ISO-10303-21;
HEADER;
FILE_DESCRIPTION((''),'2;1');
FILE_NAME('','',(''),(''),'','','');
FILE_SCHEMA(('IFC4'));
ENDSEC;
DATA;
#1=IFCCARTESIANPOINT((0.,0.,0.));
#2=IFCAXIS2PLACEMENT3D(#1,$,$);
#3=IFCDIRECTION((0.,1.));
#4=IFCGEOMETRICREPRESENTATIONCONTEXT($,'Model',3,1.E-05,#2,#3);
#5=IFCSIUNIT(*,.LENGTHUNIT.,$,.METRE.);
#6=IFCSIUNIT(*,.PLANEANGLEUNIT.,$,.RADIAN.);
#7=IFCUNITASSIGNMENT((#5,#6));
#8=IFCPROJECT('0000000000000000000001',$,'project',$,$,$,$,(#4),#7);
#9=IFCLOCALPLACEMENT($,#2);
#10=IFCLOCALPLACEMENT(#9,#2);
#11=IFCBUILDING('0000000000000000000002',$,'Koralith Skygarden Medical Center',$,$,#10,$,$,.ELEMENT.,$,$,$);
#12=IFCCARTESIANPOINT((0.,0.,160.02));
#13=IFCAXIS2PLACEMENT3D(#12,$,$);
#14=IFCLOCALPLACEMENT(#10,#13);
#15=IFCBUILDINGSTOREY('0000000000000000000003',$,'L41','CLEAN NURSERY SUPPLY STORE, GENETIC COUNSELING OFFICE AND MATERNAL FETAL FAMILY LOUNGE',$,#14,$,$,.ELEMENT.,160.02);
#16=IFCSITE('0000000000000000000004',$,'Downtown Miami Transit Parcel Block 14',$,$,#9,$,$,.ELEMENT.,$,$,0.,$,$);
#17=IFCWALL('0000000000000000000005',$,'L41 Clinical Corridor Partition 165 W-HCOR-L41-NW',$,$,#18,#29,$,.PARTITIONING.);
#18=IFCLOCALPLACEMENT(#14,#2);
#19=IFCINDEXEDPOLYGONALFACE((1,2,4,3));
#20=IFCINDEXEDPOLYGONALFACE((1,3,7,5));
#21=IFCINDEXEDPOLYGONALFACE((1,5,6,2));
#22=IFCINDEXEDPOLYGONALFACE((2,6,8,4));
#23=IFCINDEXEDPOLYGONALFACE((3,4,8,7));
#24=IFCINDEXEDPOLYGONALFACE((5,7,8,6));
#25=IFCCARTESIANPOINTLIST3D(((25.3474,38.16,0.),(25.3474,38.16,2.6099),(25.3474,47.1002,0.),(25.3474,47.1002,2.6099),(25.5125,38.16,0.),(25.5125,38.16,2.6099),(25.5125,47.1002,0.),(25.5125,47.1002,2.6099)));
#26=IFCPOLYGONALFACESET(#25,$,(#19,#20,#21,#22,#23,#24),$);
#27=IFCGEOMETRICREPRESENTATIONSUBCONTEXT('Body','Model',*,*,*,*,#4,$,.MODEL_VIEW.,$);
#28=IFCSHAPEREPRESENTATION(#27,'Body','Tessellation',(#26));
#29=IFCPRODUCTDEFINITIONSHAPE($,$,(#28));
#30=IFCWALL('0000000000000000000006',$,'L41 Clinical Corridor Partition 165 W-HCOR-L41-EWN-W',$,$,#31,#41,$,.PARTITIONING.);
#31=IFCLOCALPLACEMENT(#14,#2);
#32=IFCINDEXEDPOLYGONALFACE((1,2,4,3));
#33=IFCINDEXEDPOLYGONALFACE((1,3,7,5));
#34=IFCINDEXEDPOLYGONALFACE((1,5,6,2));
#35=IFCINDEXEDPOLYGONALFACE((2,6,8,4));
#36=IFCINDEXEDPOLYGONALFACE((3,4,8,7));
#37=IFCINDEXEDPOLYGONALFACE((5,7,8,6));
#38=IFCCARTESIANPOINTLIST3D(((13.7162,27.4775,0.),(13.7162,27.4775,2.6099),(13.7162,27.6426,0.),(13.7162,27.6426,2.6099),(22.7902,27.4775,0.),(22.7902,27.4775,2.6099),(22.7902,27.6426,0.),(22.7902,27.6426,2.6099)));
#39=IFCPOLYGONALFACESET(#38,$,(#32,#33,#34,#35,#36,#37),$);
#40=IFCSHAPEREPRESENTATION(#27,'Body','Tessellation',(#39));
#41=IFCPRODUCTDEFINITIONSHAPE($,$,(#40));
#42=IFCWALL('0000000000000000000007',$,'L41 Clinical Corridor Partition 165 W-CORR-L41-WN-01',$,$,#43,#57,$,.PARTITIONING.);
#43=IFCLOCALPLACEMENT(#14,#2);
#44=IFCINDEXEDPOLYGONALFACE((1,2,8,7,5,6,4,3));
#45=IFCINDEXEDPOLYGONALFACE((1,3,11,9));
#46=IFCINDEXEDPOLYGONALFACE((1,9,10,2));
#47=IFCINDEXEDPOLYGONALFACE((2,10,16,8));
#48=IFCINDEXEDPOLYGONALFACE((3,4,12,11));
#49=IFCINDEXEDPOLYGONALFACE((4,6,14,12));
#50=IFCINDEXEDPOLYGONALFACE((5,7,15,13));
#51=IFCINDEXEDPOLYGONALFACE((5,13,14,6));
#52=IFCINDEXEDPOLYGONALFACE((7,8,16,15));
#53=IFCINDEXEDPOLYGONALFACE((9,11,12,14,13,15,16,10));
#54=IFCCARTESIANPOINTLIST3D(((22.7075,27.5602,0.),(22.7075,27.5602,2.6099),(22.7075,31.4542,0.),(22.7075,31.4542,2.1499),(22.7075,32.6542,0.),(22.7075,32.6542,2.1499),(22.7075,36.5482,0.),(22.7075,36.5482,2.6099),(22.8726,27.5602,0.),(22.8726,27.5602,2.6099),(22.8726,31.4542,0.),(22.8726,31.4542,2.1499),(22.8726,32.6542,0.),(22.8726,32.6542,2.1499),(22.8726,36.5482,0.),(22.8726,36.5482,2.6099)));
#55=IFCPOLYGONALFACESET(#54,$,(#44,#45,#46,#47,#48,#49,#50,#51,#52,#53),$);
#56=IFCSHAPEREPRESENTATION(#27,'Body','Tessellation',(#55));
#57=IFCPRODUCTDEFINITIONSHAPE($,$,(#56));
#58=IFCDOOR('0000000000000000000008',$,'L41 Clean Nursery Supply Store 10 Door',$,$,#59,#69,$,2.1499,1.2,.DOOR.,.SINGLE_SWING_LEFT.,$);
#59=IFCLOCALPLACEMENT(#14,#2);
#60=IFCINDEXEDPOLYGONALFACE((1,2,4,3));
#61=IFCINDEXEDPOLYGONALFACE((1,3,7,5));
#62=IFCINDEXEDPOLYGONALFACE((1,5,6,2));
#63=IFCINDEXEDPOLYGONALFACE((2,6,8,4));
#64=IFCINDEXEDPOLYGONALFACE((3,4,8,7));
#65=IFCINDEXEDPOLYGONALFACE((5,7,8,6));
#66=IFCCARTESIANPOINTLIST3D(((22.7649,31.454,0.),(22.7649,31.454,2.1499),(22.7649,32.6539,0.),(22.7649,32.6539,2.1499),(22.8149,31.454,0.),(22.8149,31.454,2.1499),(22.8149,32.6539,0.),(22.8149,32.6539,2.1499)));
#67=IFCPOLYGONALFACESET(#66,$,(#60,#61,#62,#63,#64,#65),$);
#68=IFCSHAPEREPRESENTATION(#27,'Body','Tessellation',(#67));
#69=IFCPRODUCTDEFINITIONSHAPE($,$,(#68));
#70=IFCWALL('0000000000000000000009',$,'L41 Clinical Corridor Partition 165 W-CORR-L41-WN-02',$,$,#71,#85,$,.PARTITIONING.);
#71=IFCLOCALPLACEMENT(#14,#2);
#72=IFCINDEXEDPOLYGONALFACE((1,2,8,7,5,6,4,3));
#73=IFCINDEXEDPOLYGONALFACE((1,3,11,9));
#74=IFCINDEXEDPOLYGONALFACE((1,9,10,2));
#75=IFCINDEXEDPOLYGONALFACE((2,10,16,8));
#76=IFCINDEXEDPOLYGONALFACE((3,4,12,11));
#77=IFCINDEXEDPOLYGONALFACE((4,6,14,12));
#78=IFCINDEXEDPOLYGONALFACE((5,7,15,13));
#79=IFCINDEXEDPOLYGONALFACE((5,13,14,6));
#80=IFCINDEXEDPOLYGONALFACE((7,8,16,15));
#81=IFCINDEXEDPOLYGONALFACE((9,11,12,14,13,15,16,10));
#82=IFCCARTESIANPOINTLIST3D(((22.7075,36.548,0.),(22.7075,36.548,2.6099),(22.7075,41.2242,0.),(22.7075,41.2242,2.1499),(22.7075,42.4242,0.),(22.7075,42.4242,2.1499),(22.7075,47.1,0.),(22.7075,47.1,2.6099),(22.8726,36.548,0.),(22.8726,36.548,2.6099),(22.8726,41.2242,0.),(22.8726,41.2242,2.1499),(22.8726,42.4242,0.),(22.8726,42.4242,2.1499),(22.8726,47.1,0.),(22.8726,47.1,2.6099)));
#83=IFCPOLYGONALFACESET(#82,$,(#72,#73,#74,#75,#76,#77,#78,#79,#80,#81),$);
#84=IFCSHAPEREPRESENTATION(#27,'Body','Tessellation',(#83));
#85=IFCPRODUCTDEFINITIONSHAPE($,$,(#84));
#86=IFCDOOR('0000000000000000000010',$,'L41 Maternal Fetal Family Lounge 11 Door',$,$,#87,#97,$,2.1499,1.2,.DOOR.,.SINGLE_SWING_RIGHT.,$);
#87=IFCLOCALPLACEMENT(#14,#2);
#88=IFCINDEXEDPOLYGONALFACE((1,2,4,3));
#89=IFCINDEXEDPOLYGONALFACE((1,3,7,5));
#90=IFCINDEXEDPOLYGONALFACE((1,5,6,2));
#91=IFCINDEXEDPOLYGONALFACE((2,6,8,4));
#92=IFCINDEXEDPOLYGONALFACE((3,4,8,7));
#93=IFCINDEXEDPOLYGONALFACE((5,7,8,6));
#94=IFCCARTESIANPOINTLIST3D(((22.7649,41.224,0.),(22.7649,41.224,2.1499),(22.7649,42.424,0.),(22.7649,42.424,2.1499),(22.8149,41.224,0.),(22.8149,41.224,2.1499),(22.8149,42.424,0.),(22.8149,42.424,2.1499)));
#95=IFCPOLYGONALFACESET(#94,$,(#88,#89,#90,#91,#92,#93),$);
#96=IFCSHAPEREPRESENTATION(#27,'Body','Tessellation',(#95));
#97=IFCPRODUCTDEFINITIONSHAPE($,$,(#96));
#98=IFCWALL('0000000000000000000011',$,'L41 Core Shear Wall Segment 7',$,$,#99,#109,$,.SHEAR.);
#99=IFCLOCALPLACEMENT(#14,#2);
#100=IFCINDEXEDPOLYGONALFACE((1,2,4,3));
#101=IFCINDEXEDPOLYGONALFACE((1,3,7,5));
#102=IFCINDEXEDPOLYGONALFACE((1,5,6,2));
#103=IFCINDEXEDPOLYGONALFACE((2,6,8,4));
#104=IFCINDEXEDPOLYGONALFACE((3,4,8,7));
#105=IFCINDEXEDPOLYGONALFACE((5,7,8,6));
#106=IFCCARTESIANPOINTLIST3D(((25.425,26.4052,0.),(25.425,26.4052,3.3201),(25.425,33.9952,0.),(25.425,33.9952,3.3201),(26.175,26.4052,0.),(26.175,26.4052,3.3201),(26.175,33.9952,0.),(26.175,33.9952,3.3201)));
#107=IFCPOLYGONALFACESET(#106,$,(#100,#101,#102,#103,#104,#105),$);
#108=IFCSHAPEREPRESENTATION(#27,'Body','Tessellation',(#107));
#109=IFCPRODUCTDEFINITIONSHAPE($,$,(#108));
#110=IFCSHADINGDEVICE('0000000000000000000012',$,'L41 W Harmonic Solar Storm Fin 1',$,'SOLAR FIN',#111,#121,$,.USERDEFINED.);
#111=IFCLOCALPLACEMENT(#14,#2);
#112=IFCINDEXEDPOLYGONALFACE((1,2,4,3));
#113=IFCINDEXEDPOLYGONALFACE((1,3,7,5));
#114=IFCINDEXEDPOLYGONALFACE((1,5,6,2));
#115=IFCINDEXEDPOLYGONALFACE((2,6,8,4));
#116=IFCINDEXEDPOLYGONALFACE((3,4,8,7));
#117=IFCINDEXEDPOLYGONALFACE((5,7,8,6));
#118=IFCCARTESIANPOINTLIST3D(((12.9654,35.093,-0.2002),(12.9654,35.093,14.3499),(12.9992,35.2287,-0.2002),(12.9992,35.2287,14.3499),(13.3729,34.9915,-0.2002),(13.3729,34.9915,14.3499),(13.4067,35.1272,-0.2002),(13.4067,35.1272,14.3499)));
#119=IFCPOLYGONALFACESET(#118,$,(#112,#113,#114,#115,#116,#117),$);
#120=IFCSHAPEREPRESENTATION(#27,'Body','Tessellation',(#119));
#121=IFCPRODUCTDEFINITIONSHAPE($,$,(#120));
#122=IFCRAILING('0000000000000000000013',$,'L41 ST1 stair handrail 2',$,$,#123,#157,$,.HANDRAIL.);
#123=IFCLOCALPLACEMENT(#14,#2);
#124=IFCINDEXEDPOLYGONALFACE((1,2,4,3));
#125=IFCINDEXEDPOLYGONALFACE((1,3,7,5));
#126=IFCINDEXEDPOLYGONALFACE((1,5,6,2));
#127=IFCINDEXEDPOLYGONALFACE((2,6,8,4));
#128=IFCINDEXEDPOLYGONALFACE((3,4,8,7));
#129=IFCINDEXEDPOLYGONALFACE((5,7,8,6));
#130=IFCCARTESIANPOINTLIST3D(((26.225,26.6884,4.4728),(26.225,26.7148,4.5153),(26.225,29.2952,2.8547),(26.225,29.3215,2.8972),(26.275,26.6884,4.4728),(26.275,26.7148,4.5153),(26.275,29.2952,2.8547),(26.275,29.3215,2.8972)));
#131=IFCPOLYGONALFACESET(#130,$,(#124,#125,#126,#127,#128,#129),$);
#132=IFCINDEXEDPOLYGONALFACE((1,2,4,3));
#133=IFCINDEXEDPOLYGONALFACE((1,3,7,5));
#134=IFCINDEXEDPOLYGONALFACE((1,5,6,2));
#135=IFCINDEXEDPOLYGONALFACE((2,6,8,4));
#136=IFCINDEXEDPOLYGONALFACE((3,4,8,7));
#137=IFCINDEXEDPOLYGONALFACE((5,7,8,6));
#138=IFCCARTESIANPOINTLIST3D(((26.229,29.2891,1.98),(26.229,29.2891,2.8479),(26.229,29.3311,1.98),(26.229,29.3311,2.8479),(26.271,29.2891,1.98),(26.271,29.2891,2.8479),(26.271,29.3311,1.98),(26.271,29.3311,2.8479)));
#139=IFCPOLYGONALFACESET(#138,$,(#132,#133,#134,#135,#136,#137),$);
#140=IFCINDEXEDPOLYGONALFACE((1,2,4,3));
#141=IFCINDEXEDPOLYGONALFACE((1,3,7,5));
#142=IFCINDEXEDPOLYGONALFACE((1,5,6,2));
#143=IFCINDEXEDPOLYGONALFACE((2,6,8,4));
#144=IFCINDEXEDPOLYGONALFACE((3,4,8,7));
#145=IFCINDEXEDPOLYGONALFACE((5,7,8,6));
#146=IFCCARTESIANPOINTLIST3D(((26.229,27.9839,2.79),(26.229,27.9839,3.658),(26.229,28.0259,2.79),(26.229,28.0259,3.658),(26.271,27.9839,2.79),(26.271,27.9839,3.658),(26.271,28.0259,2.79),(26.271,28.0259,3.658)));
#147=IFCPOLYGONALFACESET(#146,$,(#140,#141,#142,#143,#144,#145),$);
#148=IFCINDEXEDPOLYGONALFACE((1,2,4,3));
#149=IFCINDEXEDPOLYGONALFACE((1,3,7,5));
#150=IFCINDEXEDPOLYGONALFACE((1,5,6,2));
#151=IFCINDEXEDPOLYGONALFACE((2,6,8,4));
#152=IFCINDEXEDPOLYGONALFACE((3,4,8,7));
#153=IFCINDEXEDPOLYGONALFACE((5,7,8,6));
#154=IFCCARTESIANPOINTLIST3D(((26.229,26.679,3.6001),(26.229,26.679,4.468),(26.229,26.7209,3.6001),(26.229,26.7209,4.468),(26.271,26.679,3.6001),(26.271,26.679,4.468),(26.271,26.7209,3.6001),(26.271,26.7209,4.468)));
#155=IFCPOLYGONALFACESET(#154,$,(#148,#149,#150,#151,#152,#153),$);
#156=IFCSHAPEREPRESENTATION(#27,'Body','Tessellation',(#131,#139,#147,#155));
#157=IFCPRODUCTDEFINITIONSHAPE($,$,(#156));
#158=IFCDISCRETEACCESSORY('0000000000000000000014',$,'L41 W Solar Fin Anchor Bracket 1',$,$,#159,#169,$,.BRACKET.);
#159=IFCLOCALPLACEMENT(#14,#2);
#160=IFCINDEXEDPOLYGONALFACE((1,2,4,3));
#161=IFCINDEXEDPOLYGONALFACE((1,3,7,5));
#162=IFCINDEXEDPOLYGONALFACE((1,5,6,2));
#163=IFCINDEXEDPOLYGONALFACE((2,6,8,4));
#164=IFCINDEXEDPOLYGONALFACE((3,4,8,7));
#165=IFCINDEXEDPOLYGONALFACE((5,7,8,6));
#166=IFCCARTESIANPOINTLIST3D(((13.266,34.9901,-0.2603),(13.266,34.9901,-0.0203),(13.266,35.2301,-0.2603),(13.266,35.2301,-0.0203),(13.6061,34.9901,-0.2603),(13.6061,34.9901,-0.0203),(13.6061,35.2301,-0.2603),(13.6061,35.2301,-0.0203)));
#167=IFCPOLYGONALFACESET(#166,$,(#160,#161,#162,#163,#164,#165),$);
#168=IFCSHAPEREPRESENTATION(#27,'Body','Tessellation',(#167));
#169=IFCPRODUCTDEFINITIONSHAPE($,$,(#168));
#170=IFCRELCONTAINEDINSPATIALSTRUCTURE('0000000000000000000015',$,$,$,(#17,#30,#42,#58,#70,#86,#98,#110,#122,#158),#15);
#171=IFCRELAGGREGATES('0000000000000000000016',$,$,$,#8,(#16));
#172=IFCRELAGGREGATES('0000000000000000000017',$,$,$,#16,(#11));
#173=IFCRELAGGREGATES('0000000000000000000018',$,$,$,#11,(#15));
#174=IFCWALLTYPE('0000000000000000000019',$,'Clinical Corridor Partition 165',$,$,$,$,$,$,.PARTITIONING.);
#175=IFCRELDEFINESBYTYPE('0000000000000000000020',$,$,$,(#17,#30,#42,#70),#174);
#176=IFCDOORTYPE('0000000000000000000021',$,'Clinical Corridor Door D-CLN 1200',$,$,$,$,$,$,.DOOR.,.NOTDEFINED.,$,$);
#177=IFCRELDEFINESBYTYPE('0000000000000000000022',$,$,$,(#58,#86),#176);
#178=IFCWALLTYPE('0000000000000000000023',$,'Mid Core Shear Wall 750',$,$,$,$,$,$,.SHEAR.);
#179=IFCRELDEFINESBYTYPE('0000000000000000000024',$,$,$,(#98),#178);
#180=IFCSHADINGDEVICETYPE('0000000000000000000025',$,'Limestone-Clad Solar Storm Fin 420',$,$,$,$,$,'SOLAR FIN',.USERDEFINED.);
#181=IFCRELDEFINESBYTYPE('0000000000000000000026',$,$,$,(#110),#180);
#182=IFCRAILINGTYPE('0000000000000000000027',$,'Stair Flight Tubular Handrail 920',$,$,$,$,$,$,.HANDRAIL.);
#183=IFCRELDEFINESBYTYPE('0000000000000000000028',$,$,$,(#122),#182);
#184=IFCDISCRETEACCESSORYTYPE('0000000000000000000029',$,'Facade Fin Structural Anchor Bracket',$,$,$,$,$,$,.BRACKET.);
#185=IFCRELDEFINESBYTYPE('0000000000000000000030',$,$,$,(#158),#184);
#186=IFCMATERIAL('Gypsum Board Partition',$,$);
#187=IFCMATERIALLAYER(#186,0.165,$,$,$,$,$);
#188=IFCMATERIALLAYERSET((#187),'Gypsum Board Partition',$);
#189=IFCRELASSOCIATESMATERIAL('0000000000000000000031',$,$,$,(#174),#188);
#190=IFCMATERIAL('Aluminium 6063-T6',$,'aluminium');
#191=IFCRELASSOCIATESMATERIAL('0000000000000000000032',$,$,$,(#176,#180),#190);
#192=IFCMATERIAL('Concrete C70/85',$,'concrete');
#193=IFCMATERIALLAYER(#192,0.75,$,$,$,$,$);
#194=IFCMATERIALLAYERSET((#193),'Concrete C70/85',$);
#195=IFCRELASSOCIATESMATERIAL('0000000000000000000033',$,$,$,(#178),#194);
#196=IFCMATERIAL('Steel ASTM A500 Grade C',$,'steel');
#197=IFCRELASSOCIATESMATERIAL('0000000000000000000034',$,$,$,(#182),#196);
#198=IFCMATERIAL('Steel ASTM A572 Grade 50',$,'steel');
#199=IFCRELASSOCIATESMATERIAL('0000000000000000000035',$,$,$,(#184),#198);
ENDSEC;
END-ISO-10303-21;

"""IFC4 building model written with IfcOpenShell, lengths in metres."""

from ifc_helpers import new_model, si_unit, direction, frame, frame_2d, origin, origin_2d, place, context, subcontext, project, spatial, rectangle, extrude, material, layer, layer_set, type_object, element, fill, save


model = new_model("IFC4")

# Units and contexts
model_context = context("Model", 3, precision=1e-05, world=origin(), true_north=direction((0.0, 1.0)))
body_context = subcontext(model_context, "Body", "Model", "MODEL_VIEW")
ifc_project = project(units=[si_unit("LENGTHUNIT", "METRE"), si_unit("PLANEANGLEUNIT", "RADIAN")], contexts=[model_context])

# Site, building, storey
site_placement = place(None, origin())
site = spatial("IfcSite", under=ifc_project, at=site_placement, Name="Downtown Miami Transit Parcel Block 14", CompositionType="ELEMENT", RefElevation=0.0)
building_placement = place(site_placement, origin())
building = spatial("IfcBuilding", under=site, at=building_placement, Name="Koralith Skygarden Medical Center", CompositionType="ELEMENT")
storey_placement = place(building_placement, frame((0.0, 0.0, 160.02)))
storey = spatial("IfcBuildingStorey", under=building, at=storey_placement, Name="L41", Description="CLEAN NURSERY SUPPLY STORE, GENETIC COUNSELING OFFICE AND MATERNAL FETAL FAMILY LOUNGE", CompositionType="ELEMENT", Elevation=160.02)

# Shared definitions
ifc_material_1 = material(Name="Concrete C70/85", Category="concrete")

# Shared definitions
ifc_material_2 = material(Name="Aluminium 6063-T6", Category="aluminium")

# Walls
ifc_material_3 = material(Name="Gypsum Board Partition")
ifc_layer_1 = layer(ifc_material_3, 0.165)
ifc_layer_set_1 = layer_set([ifc_layer_1], Name="Gypsum Board Partition")
wall_type_1 = type_object("IfcWallType", Name="Clinical Corridor Partition 165", PredefinedType="PARTITIONING", material=ifc_layer_set_1)
wall_1_placement = place(storey_placement, frame((25.4299, 38.1599, 0.0), z_axis=(0.0, 0.0, 1.0), x_axis=(0.0, 1.0, 0.0)))
element("IfcWall", 1, at=wall_1_placement, inside=storey, type_object=wall_type_1, Name="L41 Clinical Corridor Partition 165 W-HCOR-L41-NW", PredefinedType="PARTITIONING", context=body_context, shape_type="SweptSolid", body=[
    extrude(rectangle(XDim=8.9402, YDim=0.165, at=frame_2d((4.4702, 0.0))), origin(), (0.0, 0.0, 1.0), 2.6099),
])
wall_2_placement = place(storey_placement, frame((13.7161, 27.5601, 0.0), z_axis=(0.0, 0.0, 1.0), x_axis=(1.0, 0.0, 0.0)))
element("IfcWall", 2, at=wall_2_placement, inside=storey, type_object=wall_type_1, Name="L41 Clinical Corridor Partition 165 W-HCOR-L41-EWN-W", PredefinedType="PARTITIONING", context=body_context, shape_type="SweptSolid", body=[
    extrude(rectangle(XDim=9.074, YDim=0.165, at=frame_2d((4.5371, 0.0))), origin(), (0.0, 0.0, 1.0), 2.6099),
])

# Walls, openings, doors
wall_3_placement = place(storey_placement, frame((22.79, 27.5601, 0.0), z_axis=(0.0, 0.0, 1.0), x_axis=(0.0, 1.0, 0.0)))
wall_3 = element("IfcWall", 3, at=wall_3_placement, inside=storey, type_object=wall_type_1, Name="L41 Clinical Corridor Partition 165 W-CORR-L41-WN-01", PredefinedType="PARTITIONING", context=body_context, shape_type="SweptSolid", body=[
    extrude(rectangle(XDim=8.988, YDim=0.165, at=frame_2d((4.4941, 0.0))), origin(), (0.0, 0.0, 1.0), 2.6099),
])
opening_1_placement = place(wall_3_placement, frame((3.894, 0.0, 0.0)))
opening_1 = element("IfcOpeningElement", 4, at=opening_1_placement, cuts=wall_3, PredefinedType="OPENING", context=body_context, shape_type="SweptSolid", body=[
    extrude(rectangle(XDim=1.2, YDim=2.1499, at=frame_2d((0.6001, 1.075))), frame((0.0, 0.0925, 0.0), z_axis=(0.0, -1.0, 0.0), x_axis=(1.0, 0.0, 0.0)), (0.0, 0.0, 1.0), 0.1851),
])
door_type = type_object("IfcDoorType", Name="Clinical Corridor Door D-CLN 1200", OperationType="NOTDEFINED", PredefinedType="DOOR", material=ifc_material_2)
door_1_placement = place(opening_1_placement, frame((1.2, 0.0, 0.0), z_axis=(0.0, 0.0, 1.0), x_axis=(-1.0, 0.0, 0.0)))
door_1 = element("IfcDoor", 5, at=door_1_placement, inside=storey, type_object=door_type, Name="L41 Clean Nursery Supply Store 10 Door", OperationType="SINGLE_SWING_LEFT", OverallHeight=2.1499, OverallWidth=1.2, PredefinedType="DOOR", context=body_context, shape_type="SweptSolid", body=[
    extrude(rectangle(XDim=1.2, YDim=2.1499, at=frame_2d((0.6001, 1.075))), frame((0.0, 0.0249, 0.0), z_axis=(0.0, -1.0, 0.0), x_axis=(1.0, 0.0, 0.0)), (0.0, 0.0, 1.0), 0.05),
])
fill(opening_1, door_1)
wall_4_placement = place(storey_placement, frame((22.79, 36.5481, 0.0), z_axis=(0.0, 0.0, 1.0), x_axis=(0.0, 1.0, 0.0)))
wall_4 = element("IfcWall", 6, at=wall_4_placement, inside=storey, type_object=wall_type_1, Name="L41 Clinical Corridor Partition 165 W-CORR-L41-WN-02", PredefinedType="PARTITIONING", context=body_context, shape_type="SweptSolid", body=[
    extrude(rectangle(XDim=10.552, YDim=0.165, at=frame_2d((5.2759, 0.0))), origin(), (0.0, 0.0, 1.0), 2.6099),
])
opening_2_placement = place(wall_4_placement, frame((4.676, 0.0, 0.0)))
opening_2 = element("IfcOpeningElement", 7, at=opening_2_placement, cuts=wall_4, PredefinedType="OPENING", context=body_context, shape_type="SweptSolid", body=[
    extrude(rectangle(XDim=1.2, YDim=2.1499, at=frame_2d((0.6001, 1.075))), frame((0.0, 0.0925, 0.0), z_axis=(0.0, -1.0, 0.0), x_axis=(1.0, 0.0, 0.0)), (0.0, 0.0, 1.0), 0.1851),
])
door_2_placement = place(opening_2_placement, frame((1.2, 0.0, 0.0), z_axis=(0.0, 0.0, 1.0), x_axis=(-1.0, 0.0, 0.0)))
door_2 = element("IfcDoor", 8, at=door_2_placement, inside=storey, type_object=door_type, Name="L41 Maternal Fetal Family Lounge 11 Door", OperationType="SINGLE_SWING_RIGHT", OverallHeight=2.1499, OverallWidth=1.2, PredefinedType="DOOR", context=body_context, shape_type="SweptSolid", body=[
    extrude(rectangle(XDim=1.2, YDim=2.1499, at=frame_2d((0.6001, 1.075))), frame((0.0, 0.0249, 0.0), z_axis=(0.0, -1.0, 0.0), x_axis=(1.0, 0.0, 0.0)), (0.0, 0.0, 1.0), 0.05),
])
fill(opening_2, door_2)

# Wall
ifc_layer_2 = layer(ifc_material_1, 0.75)
ifc_layer_set_2 = layer_set([ifc_layer_2], Name="Concrete C70/85")
wall_type_2 = type_object("IfcWallType", Name="Mid Core Shear Wall 750", PredefinedType="SHEAR", material=ifc_layer_set_2)
wall_5_placement = place(storey_placement, frame((25.8, 33.9951, 0.0), z_axis=(0.0, 0.0, 1.0), x_axis=(0.0, -1.0, 0.0)))
element("IfcWall", 9, at=wall_5_placement, inside=storey, type_object=wall_type_2, Name="L41 Core Shear Wall Segment 7", PredefinedType="SHEAR", context=body_context, shape_type="SweptSolid", body=[
    extrude(rectangle(XDim=7.5901, YDim=0.75, at=frame_2d((3.7949, 0.0))), origin(), (0.0, 0.0, 1.0), 3.3201),
])

# Shading device
shading_device_type = type_object("IfcShadingDeviceType", Name="Limestone-Clad Solar Storm Fin 420", ElementType="SOLAR FIN", PredefinedType="USERDEFINED", material=ifc_material_2)
shading_device_placement = place(storey_placement, frame((13.186, 35.1101, -0.2002), z_axis=(0.0, 0.0, 1.0), x_axis=(-0.970329, 0.241786, 0.0)))
element("IfcShadingDevice", 10, at=shading_device_placement, inside=storey, type_object=shading_device_type, Name="L41 W Harmonic Solar Storm Fin 1", ObjectType="SOLAR FIN", PredefinedType="USERDEFINED", context=body_context, shape_type="SweptSolid", body=[
    extrude(rectangle(XDim=0.4199, YDim=0.1399, at=origin_2d()), origin(), (0.0, 0.0, 1.0), 14.55),
])

# Railing
ifc_material_4 = material(Name="Steel ASTM A500 Grade C", Category="steel")
railing_type = type_object("IfcRailingType", Name="Stair Flight Tubular Handrail 920", PredefinedType="HANDRAIL", material=ifc_material_4)
railing_placement = place(storey_placement, frame((26.25, 29.3101, 1.98)))
element("IfcRailing", 11, at=railing_placement, inside=storey, type_object=railing_type, Name="L41 ST1 stair handrail 2", PredefinedType="HANDRAIL", context=body_context, shape_type="SweptSolid", body=[
    extrude(rectangle(XDim=0.05, YDim=0.05, at=origin_2d()), frame((0.0, -0.0017, 0.896), z_axis=(0.0, -0.849633, 0.527375), x_axis=(1.0, 0.0, 0.0)), (0.0, 0.0, 1.0), 3.0681),
    extrude(rectangle(XDim=0.042, YDim=0.042, at=origin_2d()), origin(), (0.0, 0.0, 1.0), 0.8679),
    extrude(rectangle(XDim=0.042, YDim=0.042, at=origin_2d()), frame((0.0, -1.3052, 0.8101)), (0.0, 0.0, 1.0), 0.8679),
    extrude(rectangle(XDim=0.042, YDim=0.042, at=origin_2d()), frame((0.0, -2.6101, 1.6201)), (0.0, 0.0, 1.0), 0.8679),
])

# Discrete accessory
ifc_material_5 = material(Name="Steel ASTM A572 Grade 50", Category="steel")
discrete_accessory_type = type_object("IfcDiscreteAccessoryType", Name="Facade Fin Structural Anchor Bracket", PredefinedType="BRACKET", material=ifc_material_5)
discrete_accessory_placement = place(storey_placement, frame((13.436, 35.1101, -0.2603), z_axis=(0.0, 0.0, 1.0), x_axis=(-1.0, 0.0, 0.0)))
element("IfcDiscreteAccessory", 12, at=discrete_accessory_placement, inside=storey, type_object=discrete_accessory_type, Name="L41 W Solar Fin Anchor Bracket 1", PredefinedType="BRACKET", context=body_context, shape_type="SweptSolid", body=[
    extrude(rectangle(XDim=0.3401, YDim=0.24, at=origin_2d()), origin(), (0.0, 0.0, 1.0), 0.24),
])

save(model, "model.ifc")
